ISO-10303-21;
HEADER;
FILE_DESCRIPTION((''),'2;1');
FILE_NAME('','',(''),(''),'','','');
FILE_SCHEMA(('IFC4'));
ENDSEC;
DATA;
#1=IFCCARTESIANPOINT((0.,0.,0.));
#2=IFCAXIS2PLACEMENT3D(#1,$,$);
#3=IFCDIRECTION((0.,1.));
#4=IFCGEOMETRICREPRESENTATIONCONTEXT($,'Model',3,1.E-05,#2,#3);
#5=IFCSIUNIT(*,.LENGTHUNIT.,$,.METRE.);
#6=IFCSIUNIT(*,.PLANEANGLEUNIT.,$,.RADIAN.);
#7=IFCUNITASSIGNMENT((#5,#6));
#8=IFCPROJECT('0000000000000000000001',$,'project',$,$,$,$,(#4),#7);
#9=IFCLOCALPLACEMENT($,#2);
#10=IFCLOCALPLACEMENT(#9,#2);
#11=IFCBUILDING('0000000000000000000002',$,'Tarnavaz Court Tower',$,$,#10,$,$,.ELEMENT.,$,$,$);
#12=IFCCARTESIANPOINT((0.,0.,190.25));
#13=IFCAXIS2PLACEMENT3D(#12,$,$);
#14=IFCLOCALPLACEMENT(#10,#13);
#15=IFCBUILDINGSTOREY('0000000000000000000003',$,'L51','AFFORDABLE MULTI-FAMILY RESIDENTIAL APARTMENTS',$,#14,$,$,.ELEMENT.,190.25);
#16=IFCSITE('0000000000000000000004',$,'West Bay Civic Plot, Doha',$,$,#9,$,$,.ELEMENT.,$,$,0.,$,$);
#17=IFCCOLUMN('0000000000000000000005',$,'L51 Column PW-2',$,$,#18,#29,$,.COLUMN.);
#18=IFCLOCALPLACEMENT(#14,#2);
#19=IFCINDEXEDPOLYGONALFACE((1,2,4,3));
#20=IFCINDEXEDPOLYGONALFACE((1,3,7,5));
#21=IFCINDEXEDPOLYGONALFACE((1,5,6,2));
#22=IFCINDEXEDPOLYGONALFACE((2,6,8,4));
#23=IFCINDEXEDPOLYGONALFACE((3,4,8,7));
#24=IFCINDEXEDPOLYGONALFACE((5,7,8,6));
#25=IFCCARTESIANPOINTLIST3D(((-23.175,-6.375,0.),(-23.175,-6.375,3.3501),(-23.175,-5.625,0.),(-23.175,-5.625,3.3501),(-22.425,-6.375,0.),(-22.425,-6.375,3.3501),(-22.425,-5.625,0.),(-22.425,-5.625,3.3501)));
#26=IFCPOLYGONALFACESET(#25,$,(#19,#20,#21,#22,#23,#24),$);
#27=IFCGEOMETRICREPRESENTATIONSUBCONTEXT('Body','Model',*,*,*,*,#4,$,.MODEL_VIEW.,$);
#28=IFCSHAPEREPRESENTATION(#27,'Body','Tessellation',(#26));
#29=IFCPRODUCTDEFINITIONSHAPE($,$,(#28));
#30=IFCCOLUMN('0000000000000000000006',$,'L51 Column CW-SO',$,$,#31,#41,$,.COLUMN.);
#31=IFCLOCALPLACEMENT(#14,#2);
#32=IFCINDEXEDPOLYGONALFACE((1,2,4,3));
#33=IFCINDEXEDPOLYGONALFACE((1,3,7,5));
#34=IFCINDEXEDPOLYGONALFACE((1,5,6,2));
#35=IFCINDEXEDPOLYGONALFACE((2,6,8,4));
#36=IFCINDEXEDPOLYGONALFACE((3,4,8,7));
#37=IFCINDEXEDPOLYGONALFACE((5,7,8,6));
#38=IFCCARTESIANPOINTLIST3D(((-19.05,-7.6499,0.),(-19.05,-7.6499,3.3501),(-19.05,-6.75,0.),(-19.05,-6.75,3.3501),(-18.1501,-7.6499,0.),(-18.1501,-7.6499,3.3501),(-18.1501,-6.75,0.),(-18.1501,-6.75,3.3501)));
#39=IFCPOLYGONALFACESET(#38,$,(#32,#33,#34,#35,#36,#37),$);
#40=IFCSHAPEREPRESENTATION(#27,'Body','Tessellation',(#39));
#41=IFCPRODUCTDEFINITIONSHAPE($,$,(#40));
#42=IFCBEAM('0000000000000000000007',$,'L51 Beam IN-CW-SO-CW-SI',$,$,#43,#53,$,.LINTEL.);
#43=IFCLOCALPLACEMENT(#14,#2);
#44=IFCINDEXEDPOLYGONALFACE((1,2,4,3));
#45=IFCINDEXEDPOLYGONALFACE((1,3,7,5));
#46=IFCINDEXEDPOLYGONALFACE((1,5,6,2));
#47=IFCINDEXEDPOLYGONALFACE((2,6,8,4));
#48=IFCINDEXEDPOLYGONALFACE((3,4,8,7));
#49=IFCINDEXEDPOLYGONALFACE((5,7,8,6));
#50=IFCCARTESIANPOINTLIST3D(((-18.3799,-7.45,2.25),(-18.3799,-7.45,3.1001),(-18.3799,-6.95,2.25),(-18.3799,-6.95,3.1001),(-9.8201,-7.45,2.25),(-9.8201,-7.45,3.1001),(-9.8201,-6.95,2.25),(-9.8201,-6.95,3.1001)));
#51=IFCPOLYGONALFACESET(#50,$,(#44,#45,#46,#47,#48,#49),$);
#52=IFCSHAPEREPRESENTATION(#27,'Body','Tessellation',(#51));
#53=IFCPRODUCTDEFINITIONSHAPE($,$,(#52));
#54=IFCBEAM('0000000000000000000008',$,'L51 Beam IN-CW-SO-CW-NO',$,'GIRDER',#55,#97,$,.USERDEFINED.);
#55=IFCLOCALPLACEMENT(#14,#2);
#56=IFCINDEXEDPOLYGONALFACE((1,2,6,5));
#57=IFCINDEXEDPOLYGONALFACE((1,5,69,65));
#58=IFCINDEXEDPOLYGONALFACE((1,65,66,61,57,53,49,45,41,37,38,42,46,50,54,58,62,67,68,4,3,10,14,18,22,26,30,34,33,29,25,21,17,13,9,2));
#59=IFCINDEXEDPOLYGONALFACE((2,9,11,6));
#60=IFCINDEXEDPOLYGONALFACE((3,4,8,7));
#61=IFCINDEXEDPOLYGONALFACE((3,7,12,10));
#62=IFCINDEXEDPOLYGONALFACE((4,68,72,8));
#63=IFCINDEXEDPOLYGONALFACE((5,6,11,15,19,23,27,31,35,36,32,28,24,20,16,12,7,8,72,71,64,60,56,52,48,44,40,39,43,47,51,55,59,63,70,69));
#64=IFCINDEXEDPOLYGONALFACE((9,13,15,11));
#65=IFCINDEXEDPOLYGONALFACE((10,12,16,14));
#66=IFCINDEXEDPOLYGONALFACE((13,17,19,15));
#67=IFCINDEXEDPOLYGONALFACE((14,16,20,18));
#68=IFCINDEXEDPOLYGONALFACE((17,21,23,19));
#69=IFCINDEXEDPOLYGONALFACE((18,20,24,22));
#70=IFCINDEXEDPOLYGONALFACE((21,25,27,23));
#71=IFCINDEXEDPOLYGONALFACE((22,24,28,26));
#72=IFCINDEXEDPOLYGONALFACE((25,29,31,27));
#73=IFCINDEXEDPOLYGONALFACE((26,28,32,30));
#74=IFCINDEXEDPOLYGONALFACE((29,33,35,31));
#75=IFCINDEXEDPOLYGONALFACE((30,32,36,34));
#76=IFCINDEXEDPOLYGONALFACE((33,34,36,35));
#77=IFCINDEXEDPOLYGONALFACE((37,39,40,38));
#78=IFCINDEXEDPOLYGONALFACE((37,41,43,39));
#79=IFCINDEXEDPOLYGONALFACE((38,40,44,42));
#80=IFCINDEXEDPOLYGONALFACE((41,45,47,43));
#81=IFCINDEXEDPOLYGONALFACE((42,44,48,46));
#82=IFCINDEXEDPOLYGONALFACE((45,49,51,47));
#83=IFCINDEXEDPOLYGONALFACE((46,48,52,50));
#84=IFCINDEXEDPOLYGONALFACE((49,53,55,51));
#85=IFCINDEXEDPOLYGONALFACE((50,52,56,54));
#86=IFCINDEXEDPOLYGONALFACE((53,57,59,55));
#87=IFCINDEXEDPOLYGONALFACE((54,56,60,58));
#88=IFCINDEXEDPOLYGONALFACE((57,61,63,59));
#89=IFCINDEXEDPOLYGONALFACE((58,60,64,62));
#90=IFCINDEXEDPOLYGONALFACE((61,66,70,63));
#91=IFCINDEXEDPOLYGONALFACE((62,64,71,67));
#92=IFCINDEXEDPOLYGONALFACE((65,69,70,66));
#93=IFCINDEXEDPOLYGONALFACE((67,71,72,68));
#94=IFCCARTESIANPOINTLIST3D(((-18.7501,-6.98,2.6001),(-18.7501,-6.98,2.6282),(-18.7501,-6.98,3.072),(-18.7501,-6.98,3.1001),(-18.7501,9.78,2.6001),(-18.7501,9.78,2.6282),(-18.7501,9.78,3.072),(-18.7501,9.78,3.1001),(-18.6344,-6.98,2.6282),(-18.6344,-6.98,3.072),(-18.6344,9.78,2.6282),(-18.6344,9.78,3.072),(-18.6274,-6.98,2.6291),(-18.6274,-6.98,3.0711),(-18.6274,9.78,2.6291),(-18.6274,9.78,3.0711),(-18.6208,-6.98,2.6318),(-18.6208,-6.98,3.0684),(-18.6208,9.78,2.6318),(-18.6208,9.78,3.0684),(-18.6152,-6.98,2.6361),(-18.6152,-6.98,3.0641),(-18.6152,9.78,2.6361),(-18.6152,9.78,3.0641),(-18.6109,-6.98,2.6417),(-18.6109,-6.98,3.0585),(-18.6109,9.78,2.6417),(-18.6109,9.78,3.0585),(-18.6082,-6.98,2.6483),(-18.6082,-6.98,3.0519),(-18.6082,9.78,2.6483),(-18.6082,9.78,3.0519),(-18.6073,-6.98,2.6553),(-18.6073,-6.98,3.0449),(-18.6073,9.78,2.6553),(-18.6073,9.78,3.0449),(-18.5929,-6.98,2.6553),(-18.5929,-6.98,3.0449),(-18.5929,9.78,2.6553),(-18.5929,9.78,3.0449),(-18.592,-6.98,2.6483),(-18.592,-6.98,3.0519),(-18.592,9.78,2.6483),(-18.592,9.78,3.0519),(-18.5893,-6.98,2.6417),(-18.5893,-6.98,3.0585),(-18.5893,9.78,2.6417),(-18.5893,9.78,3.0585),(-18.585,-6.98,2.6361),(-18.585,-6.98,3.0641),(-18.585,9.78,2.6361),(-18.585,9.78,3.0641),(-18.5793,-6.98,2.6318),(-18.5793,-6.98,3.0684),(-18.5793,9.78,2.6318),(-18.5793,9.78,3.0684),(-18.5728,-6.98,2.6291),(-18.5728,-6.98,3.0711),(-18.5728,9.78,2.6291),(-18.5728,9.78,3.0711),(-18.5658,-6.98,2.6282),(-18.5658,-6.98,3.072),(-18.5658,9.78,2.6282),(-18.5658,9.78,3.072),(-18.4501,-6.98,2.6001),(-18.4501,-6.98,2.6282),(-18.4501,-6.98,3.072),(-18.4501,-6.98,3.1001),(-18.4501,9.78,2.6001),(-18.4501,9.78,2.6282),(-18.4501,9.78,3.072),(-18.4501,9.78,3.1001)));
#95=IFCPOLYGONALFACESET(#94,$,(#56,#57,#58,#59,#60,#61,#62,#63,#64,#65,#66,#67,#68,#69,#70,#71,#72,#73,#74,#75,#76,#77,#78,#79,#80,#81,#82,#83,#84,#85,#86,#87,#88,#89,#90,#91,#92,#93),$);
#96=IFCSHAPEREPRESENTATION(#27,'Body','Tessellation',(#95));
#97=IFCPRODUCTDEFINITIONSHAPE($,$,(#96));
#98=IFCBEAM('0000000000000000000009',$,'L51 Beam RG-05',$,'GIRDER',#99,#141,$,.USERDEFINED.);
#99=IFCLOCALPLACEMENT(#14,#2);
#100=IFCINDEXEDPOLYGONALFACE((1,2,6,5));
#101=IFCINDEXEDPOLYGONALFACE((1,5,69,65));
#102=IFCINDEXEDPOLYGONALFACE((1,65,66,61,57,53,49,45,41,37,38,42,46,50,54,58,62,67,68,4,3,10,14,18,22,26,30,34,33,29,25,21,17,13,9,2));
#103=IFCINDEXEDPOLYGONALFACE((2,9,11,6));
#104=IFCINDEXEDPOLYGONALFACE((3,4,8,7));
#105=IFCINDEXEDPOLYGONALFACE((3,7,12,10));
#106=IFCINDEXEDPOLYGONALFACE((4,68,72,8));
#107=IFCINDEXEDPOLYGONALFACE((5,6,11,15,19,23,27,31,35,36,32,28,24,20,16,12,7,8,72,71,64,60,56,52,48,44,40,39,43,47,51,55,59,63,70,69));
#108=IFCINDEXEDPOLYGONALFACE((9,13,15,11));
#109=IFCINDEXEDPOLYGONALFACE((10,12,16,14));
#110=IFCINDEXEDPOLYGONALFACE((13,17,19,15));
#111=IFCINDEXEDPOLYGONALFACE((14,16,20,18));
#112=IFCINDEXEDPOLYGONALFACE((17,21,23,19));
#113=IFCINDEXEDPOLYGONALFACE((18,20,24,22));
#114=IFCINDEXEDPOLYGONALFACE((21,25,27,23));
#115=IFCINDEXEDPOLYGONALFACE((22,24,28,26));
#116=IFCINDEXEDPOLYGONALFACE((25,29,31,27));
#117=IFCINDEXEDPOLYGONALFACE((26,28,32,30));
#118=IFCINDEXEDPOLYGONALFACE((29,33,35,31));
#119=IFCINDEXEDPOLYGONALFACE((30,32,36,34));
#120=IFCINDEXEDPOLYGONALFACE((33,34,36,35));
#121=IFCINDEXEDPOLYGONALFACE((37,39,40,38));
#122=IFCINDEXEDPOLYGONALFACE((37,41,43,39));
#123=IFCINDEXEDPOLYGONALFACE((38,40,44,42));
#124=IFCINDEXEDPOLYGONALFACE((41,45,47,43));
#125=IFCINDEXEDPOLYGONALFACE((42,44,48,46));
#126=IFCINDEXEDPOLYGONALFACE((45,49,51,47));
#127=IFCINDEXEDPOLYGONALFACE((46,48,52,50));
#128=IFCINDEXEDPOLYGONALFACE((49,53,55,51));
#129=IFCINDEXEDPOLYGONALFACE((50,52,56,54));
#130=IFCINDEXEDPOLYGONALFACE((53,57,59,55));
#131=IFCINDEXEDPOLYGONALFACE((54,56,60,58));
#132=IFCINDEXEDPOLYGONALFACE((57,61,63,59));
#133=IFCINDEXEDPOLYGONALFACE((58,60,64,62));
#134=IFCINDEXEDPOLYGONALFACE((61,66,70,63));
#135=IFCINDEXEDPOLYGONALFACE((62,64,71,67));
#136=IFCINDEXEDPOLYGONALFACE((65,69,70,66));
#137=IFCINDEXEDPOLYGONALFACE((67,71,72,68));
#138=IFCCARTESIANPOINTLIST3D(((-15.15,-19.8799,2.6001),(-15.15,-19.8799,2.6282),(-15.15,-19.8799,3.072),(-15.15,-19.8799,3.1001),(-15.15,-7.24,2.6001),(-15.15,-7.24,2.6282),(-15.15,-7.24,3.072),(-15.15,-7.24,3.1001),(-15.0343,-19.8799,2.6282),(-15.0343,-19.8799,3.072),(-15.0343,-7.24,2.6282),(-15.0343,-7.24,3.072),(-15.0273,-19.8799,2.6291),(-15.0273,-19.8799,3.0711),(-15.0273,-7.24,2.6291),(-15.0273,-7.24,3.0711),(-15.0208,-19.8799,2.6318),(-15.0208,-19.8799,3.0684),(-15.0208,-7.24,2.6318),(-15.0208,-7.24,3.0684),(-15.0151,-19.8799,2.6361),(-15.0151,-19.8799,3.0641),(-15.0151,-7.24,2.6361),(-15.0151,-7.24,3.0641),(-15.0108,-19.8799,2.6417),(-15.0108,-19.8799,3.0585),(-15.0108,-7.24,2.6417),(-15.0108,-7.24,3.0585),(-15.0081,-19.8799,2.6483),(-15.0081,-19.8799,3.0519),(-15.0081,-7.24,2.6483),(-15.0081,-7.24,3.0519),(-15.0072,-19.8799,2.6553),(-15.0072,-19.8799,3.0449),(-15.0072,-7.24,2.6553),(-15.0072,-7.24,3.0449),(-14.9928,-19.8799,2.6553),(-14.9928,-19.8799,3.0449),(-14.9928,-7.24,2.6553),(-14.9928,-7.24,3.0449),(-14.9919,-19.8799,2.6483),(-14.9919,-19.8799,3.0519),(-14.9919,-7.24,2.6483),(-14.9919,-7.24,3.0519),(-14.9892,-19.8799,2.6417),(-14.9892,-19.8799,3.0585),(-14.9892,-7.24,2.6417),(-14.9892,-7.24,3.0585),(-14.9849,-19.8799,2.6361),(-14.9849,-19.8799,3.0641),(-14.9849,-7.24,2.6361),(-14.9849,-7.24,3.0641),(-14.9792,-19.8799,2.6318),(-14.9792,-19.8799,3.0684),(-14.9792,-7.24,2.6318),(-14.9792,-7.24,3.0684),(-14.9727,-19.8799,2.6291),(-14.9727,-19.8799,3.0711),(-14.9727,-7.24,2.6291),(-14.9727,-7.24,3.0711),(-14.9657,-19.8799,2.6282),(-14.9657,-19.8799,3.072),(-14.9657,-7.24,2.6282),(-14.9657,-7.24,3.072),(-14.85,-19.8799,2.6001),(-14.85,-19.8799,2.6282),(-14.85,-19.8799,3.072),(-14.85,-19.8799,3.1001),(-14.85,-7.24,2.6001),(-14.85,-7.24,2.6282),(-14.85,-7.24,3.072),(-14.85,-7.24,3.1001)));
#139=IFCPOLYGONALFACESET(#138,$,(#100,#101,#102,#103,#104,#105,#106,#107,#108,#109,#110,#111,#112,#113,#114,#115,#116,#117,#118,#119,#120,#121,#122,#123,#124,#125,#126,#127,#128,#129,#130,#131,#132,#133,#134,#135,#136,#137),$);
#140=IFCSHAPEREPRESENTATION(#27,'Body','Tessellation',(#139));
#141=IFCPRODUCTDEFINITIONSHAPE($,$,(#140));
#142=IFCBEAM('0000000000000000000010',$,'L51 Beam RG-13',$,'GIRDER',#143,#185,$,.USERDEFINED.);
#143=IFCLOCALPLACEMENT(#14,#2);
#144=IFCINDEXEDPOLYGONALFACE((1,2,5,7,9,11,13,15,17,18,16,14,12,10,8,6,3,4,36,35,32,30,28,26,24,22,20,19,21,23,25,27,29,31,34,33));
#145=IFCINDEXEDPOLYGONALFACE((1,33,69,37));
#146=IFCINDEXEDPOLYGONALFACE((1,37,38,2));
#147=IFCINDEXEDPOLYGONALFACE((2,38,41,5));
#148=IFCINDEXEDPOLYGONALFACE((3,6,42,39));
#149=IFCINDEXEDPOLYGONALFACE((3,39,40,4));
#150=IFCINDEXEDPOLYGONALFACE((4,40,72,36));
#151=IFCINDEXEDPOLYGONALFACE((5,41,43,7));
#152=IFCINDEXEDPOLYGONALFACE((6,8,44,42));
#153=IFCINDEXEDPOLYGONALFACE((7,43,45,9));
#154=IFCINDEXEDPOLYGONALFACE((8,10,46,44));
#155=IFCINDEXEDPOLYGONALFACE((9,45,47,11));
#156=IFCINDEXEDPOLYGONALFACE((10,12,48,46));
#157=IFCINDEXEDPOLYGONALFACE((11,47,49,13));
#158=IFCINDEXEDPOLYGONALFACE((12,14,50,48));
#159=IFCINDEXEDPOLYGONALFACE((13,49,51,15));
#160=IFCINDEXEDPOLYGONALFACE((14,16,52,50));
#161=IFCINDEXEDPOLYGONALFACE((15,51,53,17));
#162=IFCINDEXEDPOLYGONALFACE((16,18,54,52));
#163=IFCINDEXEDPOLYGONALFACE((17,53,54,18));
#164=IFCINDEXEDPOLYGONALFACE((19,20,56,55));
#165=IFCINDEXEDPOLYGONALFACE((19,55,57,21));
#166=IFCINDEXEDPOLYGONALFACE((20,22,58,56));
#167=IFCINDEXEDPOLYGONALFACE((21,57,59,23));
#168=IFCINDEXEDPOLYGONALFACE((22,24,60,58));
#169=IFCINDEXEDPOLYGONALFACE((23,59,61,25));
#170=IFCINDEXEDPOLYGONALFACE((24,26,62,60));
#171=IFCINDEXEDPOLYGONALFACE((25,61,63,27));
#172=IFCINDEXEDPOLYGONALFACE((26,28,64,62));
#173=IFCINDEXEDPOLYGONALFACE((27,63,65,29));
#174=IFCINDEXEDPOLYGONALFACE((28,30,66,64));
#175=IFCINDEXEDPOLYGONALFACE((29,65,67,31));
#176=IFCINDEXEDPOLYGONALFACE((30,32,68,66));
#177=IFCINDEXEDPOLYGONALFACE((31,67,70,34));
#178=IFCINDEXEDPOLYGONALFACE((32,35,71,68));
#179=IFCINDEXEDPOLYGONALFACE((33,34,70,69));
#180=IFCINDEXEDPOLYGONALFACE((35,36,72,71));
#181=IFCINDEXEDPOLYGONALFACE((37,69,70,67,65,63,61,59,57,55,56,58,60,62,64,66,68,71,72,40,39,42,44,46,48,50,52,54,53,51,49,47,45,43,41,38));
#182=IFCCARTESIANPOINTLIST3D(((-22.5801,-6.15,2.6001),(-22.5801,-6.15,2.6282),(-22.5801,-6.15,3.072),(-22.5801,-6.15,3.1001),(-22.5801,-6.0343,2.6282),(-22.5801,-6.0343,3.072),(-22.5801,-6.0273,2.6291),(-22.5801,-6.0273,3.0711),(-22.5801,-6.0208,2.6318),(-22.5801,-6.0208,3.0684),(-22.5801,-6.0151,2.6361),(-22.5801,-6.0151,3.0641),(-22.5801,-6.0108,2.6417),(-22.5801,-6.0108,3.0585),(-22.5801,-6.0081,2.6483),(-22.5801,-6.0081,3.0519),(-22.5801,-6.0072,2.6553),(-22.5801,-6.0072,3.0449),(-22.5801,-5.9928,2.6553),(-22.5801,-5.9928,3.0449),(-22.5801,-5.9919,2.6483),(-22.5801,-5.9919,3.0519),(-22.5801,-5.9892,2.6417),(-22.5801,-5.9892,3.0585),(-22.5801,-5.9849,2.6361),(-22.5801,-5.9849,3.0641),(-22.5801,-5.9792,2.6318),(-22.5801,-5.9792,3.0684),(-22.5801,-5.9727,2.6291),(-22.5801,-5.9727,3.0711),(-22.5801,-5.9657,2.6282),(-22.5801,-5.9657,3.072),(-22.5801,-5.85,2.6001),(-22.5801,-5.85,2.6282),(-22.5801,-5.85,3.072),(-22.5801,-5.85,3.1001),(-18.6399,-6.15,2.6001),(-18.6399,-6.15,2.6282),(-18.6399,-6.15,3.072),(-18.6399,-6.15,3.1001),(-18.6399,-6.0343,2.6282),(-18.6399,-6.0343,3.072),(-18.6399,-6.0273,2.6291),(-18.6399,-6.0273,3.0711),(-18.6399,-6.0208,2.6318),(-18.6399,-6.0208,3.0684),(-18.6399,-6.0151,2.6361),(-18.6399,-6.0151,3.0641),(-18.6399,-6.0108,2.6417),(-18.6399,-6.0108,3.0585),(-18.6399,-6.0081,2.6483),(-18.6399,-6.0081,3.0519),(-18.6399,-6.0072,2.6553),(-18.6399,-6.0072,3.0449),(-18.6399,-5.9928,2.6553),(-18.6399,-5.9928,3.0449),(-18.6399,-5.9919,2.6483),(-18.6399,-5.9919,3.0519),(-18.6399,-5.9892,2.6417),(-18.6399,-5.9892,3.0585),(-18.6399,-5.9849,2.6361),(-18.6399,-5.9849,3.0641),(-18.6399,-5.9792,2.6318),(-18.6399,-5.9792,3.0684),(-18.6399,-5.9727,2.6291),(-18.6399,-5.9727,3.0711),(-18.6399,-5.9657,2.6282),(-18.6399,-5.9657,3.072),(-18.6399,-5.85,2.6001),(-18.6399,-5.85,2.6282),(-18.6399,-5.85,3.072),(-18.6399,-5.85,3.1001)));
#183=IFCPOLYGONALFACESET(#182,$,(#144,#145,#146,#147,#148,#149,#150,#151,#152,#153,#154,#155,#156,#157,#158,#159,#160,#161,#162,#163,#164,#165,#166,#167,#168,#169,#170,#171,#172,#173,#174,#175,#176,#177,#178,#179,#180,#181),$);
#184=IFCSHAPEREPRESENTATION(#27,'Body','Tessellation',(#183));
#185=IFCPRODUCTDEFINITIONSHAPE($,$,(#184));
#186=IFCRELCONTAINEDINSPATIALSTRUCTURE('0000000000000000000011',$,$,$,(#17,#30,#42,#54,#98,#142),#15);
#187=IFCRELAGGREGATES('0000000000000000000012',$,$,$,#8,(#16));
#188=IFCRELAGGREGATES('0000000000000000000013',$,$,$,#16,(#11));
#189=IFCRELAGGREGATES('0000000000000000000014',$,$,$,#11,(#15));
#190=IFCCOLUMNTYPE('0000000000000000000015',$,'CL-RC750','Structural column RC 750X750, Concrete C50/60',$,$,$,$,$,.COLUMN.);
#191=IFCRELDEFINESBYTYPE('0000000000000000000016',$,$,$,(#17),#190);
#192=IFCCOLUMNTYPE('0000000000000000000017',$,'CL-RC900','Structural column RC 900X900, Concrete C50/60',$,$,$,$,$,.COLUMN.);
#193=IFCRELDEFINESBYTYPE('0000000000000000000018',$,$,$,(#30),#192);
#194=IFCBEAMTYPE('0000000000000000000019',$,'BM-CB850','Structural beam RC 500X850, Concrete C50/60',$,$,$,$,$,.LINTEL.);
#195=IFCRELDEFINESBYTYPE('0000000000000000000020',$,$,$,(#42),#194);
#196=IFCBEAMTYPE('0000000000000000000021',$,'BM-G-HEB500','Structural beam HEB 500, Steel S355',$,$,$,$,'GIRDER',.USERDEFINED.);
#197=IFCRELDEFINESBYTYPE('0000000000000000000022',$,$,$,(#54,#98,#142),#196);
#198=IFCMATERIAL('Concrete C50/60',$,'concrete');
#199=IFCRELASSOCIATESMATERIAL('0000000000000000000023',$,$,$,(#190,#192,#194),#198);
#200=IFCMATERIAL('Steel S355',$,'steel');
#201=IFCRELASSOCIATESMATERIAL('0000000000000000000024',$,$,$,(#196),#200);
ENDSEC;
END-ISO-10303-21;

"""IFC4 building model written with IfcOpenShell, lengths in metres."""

from ifc_helpers import new_model, si_unit, direction, frame, origin, origin_2d, place, context, subcontext, project, spatial, rectangle, i_section, extrude, material, material_profile, profile_set, type_object, element, save


model = new_model("IFC4")

# Units and contexts
model_context = context("Model", 3, precision=1e-05, world=origin(), true_north=direction((0.0, 1.0)))
body_context = subcontext(model_context, "Body", "Model", "MODEL_VIEW")
ifc_project = project(units=[si_unit("LENGTHUNIT", "METRE"), si_unit("PLANEANGLEUNIT", "RADIAN")], contexts=[model_context])

# Site, building, storey
site_placement = place(None, origin())
site = spatial("IfcSite", under=ifc_project, at=site_placement, Name="West Bay Civic Plot, Doha", CompositionType="ELEMENT", RefElevation=0.0)
building_placement = place(site_placement, origin())
building = spatial("IfcBuilding", under=site, at=building_placement, Name="Tarnavaz Court Tower", CompositionType="ELEMENT")
storey_placement = place(building_placement, frame((0.0, 0.0, 190.25)))
storey = spatial("IfcBuildingStorey", under=building, at=storey_placement, Name="L51", Description="AFFORDABLE MULTI-FAMILY RESIDENTIAL APARTMENTS", CompositionType="ELEMENT", Elevation=190.25)

# Columns
ifc_material_1 = material(Name="Concrete C50/60", Category="concrete")
ifc_material_profile_1 = material_profile(ifc_material_1, rectangle(XDim=0.75, YDim=0.75, at=origin_2d()), Name="RC 750X750")
ifc_profile_set_1 = profile_set([ifc_material_profile_1], Name="Concrete C50/60")
column_type_1 = type_object("IfcColumnType", Name="CL-RC750", Description="Structural column RC 750X750, Concrete C50/60", PredefinedType="COLUMN", material=ifc_profile_set_1)
column_1_placement = place(storey_placement, frame((-22.8, -6.0, 0.0), z_axis=(0.0, 0.0, 1.0), x_axis=(1.0, 0.0, 0.0)))
element("IfcColumn", 1, at=column_1_placement, inside=storey, type_object=column_type_1, Name="L51 Column PW-2", PredefinedType="COLUMN", context=body_context, shape_type="SweptSolid", body=[
    extrude(rectangle(XDim=0.75, YDim=0.75, at=origin_2d()), origin(), (0.0, 0.0, 1.0), 3.3501),
])
ifc_material_profile_2 = material_profile(ifc_material_1, rectangle(XDim=0.8999, YDim=0.8999, at=origin_2d()), Name="RC 900X900")
ifc_profile_set_2 = profile_set([ifc_material_profile_2], Name="Concrete C50/60")
column_type_2 = type_object("IfcColumnType", Name="CL-RC900", Description="Structural column RC 900X900, Concrete C50/60", PredefinedType="COLUMN", material=ifc_profile_set_2)
column_2_placement = place(storey_placement, frame((-18.6001, -7.2, 0.0), z_axis=(0.0, 0.0, 1.0), x_axis=(1.0, 0.0, 0.0)))
element("IfcColumn", 2, at=column_2_placement, inside=storey, type_object=column_type_2, Name="L51 Column CW-SO", PredefinedType="COLUMN", context=body_context, shape_type="SweptSolid", body=[
    extrude(rectangle(XDim=0.8999, YDim=0.8999, at=origin_2d()), origin(), (0.0, 0.0, 1.0), 3.3501),
])

# Beams
ifc_material_profile_3 = material_profile(ifc_material_1, rectangle(XDim=0.5, YDim=0.8501, at=origin_2d()), Name="RC 500X850")
ifc_profile_set_3 = profile_set([ifc_material_profile_3], Name="Concrete C50/60")
beam_type_1 = type_object("IfcBeamType", Name="BM-CB850", Description="Structural beam RC 500X850, Concrete C50/60", PredefinedType="LINTEL", material=ifc_profile_set_3)
beam_1_placement = place(storey_placement, frame((-18.3799, -7.2, 2.675), z_axis=(1.0, 0.0, 0.0), x_axis=(0.0, 1.0, 0.0)))
element("IfcBeam", 3, at=beam_1_placement, inside=storey, type_object=beam_type_1, Name="L51 Beam IN-CW-SO-CW-SI", PredefinedType="LINTEL", context=body_context, shape_type="SweptSolid", body=[
    extrude(rectangle(XDim=0.5, YDim=0.8501, at=origin_2d()), origin(), (0.0, 0.0, 1.0), 8.5598),
])
ifc_material_2 = material(Name="Steel S355", Category="steel")
ifc_material_profile_4 = material_profile(ifc_material_2, i_section(OverallWidth=0.3, OverallDepth=0.5, WebThickness=0.0144, FlangeThickness=0.0281, FilletRadius=0.0271, at=origin_2d()), Name="HEB 500")
ifc_profile_set_4 = profile_set([ifc_material_profile_4], Name="Steel S355")
beam_type_2 = type_object("IfcBeamType", Name="BM-G-HEB500", Description="Structural beam HEB 500, Steel S355", ElementType="GIRDER", PredefinedType="USERDEFINED", material=ifc_profile_set_4)
beam_2_placement = place(storey_placement, frame((-18.6001, -6.98, 2.8501), z_axis=(0.0, 1.0, 0.0), x_axis=(-1.0, 0.0, 0.0)))
element("IfcBeam", 4, at=beam_2_placement, inside=storey, type_object=beam_type_2, Name="L51 Beam IN-CW-SO-CW-NO", ObjectType="GIRDER", PredefinedType="USERDEFINED", context=body_context, shape_type="SweptSolid", body=[
    extrude(i_section(OverallWidth=0.3, OverallDepth=0.5, WebThickness=0.0144, FlangeThickness=0.0281, FilletRadius=0.0271, at=origin_2d()), origin(), (0.0, 0.0, 1.0), 16.76),
])
beam_3_placement = place(storey_placement, frame((-15.0, -7.24, 2.8501), z_axis=(0.0, -1.0, 0.0), x_axis=(1.0, 0.0, 0.0)))
element("IfcBeam", 5, at=beam_3_placement, inside=storey, type_object=beam_type_2, Name="L51 Beam RG-05", ObjectType="GIRDER", PredefinedType="USERDEFINED", context=body_context, shape_type="SweptSolid", body=[
    extrude(i_section(OverallWidth=0.3, OverallDepth=0.5, WebThickness=0.0144, FlangeThickness=0.0281, FilletRadius=0.0271, at=origin_2d()), origin(), (0.0, 0.0, 1.0), 12.6399),
])
beam_4_placement = place(storey_placement, frame((-18.6399, -6.0, 2.8501), z_axis=(-1.0, 0.0, 0.0), x_axis=(0.0, -1.0, 0.0)))
element("IfcBeam", 6, at=beam_4_placement, inside=storey, type_object=beam_type_2, Name="L51 Beam RG-13", ObjectType="GIRDER", PredefinedType="USERDEFINED", context=body_context, shape_type="SweptSolid", body=[
    extrude(i_section(OverallWidth=0.3, OverallDepth=0.5, WebThickness=0.0144, FlangeThickness=0.0281, FilletRadius=0.0271, at=origin_2d()), origin(), (0.0, 0.0, 1.0), 3.9402),
])

save(model, "model.ifc")
